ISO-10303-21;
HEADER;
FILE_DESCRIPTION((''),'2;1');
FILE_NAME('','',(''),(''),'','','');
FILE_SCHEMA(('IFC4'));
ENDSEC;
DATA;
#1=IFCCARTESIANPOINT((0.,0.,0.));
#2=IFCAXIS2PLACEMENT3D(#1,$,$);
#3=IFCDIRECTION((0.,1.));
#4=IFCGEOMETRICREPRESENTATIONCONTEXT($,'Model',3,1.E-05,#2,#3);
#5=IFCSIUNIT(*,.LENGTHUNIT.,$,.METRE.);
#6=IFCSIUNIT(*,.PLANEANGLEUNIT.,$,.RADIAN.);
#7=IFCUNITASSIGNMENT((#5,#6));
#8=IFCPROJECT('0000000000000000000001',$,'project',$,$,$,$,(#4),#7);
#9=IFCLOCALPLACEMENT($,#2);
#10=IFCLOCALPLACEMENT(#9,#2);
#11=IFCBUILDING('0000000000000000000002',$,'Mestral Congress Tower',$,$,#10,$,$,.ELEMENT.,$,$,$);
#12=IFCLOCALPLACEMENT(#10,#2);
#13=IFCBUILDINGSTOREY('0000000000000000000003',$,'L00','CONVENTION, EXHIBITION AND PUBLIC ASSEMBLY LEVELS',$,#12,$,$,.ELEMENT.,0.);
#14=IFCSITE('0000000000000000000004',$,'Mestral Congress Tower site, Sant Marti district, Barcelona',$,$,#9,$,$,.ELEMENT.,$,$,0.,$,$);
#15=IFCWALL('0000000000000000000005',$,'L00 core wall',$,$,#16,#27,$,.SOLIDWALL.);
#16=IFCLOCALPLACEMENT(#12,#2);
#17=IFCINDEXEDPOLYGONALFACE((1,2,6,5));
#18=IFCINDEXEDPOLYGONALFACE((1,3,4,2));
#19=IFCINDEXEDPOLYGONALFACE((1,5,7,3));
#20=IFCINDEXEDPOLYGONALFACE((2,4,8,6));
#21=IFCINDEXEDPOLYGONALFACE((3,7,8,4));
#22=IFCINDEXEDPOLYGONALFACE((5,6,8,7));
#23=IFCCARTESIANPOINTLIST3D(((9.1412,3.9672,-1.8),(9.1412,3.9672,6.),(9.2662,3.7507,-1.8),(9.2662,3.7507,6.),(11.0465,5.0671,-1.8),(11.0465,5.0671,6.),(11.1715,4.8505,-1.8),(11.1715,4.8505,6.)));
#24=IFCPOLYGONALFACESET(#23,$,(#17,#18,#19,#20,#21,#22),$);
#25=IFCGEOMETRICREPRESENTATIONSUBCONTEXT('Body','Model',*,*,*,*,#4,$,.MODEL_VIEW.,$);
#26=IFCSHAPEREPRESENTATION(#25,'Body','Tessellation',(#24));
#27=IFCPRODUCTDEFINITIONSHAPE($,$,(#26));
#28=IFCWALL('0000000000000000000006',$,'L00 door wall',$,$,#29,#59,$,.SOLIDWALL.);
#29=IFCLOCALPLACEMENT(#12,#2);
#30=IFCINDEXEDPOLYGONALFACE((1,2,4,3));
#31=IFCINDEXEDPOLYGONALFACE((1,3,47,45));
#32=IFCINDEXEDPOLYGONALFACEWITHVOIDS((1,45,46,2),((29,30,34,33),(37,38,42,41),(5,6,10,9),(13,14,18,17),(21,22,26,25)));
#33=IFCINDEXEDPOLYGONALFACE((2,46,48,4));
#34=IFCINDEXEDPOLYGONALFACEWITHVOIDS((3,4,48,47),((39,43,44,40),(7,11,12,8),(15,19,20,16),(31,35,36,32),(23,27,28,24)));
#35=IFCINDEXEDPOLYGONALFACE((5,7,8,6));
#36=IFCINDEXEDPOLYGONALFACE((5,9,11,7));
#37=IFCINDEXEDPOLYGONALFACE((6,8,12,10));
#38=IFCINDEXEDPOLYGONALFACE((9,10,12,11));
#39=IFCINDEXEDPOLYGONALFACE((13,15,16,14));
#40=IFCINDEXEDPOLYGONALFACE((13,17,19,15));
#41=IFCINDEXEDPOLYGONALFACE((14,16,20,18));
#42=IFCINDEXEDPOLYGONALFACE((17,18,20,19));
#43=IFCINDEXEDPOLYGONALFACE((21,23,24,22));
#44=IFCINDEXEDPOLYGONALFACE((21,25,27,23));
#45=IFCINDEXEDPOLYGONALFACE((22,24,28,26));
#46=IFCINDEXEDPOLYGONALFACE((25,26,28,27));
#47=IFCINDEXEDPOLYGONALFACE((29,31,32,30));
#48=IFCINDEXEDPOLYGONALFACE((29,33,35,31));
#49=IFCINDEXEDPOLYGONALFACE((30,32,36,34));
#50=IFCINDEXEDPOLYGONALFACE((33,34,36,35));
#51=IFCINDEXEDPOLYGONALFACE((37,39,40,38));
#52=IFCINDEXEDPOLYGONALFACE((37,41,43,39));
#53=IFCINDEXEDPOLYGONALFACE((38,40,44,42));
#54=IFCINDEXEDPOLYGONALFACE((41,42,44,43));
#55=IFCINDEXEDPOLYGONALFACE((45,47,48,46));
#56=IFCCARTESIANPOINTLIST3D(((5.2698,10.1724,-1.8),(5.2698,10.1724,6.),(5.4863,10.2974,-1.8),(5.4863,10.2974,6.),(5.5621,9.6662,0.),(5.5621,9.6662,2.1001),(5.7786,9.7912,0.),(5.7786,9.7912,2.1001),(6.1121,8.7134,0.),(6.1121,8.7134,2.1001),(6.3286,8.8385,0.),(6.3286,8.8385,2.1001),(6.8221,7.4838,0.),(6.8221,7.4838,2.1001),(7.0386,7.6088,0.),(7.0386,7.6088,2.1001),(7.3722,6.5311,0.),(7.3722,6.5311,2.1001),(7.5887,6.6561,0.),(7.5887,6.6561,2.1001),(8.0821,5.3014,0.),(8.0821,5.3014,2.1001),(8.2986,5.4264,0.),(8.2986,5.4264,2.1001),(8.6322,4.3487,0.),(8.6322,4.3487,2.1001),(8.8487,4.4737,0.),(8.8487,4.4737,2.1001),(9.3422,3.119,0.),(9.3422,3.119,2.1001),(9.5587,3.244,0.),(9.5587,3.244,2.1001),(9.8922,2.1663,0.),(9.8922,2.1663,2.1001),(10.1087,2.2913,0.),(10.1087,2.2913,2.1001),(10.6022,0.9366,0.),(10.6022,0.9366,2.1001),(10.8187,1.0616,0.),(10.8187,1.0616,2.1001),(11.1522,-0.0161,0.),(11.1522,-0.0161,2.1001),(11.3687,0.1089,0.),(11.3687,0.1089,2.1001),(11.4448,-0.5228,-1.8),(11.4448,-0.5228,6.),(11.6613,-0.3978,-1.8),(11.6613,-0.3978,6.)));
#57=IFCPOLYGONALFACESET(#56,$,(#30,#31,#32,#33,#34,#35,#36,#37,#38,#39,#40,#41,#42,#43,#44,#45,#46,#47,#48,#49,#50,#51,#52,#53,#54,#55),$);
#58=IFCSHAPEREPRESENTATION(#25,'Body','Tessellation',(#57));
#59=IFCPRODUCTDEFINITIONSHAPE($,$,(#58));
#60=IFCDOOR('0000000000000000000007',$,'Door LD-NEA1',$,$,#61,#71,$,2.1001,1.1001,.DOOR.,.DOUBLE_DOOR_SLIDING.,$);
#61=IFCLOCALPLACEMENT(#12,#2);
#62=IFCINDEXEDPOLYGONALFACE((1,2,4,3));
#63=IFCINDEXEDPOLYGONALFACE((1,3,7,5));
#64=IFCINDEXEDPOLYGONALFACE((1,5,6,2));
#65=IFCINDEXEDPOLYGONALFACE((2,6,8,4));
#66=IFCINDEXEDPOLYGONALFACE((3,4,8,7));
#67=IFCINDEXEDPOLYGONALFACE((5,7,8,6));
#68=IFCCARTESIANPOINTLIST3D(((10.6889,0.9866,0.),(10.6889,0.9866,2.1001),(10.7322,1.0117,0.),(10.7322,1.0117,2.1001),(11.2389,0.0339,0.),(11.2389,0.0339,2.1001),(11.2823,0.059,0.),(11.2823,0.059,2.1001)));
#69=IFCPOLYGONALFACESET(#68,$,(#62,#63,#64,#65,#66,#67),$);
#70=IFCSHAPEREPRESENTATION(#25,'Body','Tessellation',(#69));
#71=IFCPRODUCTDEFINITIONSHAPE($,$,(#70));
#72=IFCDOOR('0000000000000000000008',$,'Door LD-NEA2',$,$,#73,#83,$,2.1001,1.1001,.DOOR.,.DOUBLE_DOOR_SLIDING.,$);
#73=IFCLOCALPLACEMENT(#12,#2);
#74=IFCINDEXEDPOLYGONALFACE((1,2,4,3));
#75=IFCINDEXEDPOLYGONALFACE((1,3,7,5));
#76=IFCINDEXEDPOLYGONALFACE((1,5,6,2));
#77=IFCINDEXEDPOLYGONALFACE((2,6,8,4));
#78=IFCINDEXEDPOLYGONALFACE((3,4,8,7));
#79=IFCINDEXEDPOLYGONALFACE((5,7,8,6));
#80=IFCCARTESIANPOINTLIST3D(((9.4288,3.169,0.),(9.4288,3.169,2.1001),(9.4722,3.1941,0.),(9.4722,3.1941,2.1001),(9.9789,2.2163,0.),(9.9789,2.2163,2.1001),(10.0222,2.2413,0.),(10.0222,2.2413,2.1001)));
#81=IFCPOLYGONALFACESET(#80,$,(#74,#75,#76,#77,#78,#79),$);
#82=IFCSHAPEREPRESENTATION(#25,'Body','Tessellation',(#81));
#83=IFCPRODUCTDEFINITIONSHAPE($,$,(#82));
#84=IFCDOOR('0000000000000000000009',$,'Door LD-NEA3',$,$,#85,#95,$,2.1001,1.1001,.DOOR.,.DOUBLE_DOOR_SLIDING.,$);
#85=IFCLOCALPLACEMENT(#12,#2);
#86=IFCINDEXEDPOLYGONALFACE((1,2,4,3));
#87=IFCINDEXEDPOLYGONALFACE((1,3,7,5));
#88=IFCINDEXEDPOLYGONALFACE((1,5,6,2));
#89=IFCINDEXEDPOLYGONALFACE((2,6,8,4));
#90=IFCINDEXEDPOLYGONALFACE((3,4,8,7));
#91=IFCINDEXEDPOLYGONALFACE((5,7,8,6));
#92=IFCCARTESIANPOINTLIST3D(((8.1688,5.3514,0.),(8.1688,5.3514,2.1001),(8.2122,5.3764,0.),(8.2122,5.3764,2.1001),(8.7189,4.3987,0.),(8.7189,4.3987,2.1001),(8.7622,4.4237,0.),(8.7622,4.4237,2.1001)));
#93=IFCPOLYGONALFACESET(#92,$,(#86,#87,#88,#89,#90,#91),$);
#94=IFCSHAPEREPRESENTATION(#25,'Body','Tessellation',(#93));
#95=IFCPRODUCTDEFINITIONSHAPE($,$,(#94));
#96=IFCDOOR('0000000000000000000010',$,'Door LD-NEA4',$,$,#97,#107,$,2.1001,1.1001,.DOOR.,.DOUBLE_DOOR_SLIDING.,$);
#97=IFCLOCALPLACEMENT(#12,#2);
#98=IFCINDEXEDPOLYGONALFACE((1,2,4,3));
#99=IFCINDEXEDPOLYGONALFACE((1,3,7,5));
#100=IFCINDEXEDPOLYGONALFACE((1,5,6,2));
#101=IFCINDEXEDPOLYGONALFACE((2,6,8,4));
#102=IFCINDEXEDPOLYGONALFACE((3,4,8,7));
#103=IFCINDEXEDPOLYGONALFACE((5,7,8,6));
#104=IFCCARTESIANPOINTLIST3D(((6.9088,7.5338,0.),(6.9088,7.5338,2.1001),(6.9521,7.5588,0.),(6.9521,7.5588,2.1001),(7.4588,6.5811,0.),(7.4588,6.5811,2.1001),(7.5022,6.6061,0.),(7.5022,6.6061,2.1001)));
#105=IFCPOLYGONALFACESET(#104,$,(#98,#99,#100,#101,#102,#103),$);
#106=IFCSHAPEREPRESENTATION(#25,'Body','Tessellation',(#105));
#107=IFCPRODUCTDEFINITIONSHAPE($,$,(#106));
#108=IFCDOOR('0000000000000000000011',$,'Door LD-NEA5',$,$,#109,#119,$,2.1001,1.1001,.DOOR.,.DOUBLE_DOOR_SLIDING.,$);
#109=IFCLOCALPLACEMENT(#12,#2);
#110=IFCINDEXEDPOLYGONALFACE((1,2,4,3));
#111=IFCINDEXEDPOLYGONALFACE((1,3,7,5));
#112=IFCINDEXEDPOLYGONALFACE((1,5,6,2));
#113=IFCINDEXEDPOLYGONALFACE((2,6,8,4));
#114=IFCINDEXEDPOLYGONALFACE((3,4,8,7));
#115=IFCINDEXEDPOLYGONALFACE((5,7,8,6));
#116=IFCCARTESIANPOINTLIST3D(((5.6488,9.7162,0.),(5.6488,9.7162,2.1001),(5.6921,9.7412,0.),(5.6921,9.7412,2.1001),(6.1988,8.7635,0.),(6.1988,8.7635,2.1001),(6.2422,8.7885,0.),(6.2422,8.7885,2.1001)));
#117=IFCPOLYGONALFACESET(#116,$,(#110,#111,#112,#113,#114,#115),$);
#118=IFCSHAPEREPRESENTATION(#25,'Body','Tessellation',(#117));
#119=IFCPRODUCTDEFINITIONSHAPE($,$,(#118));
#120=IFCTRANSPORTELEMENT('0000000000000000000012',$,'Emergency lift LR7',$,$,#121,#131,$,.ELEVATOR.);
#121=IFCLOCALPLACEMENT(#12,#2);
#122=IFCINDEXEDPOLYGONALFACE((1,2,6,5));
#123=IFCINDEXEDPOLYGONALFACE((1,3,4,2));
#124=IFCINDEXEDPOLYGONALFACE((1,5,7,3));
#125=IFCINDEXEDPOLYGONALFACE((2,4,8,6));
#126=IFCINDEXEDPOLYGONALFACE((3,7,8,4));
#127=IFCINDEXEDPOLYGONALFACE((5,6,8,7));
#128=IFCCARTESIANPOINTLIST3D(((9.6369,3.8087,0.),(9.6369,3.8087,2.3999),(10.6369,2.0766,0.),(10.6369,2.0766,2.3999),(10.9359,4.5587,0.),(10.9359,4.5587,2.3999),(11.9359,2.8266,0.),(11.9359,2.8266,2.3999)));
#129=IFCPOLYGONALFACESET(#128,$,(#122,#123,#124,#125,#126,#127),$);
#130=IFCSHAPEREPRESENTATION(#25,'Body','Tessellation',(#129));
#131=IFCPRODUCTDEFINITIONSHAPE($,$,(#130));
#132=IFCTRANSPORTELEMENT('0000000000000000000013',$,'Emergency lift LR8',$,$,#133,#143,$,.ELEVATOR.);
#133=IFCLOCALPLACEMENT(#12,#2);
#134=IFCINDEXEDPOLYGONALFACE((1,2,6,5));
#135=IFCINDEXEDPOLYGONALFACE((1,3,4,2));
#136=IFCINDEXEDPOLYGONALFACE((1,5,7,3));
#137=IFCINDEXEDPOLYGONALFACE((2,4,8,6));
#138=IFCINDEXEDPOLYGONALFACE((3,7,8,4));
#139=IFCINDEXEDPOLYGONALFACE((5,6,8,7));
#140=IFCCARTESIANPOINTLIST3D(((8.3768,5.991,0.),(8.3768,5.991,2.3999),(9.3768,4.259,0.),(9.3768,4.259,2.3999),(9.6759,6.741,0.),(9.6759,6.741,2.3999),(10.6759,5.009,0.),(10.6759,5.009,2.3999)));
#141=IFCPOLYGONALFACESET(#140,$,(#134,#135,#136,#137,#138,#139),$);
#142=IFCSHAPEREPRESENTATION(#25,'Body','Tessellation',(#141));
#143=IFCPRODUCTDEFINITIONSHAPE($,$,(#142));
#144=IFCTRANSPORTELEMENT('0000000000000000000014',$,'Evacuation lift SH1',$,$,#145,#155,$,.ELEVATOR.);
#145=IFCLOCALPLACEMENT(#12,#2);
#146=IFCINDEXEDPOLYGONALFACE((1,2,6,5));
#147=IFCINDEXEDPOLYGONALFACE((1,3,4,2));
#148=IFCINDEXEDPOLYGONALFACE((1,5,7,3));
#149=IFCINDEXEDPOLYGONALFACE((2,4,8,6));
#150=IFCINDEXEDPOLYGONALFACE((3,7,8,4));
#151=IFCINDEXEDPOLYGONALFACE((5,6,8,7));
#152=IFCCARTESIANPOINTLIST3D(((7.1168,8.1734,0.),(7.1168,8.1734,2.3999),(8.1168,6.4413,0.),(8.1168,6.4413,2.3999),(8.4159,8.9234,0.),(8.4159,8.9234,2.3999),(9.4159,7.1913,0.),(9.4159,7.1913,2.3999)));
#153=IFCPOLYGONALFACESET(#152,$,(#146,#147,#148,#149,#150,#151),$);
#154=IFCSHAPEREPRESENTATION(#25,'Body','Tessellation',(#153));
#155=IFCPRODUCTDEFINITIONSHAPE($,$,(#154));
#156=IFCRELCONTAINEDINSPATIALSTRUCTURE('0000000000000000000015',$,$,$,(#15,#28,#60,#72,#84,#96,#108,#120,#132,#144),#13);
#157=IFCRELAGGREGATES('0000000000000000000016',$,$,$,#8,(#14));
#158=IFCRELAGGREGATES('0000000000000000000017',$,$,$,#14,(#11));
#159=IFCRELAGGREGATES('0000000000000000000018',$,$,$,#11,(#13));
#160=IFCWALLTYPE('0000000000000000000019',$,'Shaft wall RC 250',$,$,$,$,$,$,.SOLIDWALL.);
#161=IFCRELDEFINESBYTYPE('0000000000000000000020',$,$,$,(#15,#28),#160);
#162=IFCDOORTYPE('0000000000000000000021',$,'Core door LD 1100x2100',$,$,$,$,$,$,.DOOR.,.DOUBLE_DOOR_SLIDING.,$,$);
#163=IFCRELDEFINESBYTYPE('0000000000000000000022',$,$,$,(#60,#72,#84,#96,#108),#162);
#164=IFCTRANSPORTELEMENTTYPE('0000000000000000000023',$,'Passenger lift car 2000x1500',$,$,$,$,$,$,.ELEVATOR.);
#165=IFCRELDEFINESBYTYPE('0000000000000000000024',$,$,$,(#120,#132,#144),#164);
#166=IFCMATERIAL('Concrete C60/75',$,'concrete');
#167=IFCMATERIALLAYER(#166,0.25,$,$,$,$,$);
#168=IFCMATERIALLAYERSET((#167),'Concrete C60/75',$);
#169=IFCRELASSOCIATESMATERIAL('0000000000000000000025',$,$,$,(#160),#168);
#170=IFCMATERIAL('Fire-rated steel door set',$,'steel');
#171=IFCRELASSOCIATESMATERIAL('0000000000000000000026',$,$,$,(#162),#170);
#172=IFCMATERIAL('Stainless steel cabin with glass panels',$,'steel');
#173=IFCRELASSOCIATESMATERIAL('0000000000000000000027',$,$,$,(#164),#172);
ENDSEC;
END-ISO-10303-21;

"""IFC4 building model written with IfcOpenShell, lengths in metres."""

from ifc_helpers import new_model, si_unit, direction, frame, frame_2d, origin, origin_2d, place, context, subcontext, project, spatial, rectangle, extrude, material, layer, layer_set, type_object, element, fill, save


model = new_model("IFC4")

# Units and contexts
model_context = context("Model", 3, precision=1e-05, world=origin(), true_north=direction((0.0, 1.0)))
body_context = subcontext(model_context, "Body", "Model", "MODEL_VIEW")
ifc_project = project(units=[si_unit("LENGTHUNIT", "METRE"), si_unit("PLANEANGLEUNIT", "RADIAN")], contexts=[model_context])

# Site, building, storey
site_placement = place(None, origin())
site = spatial("IfcSite", under=ifc_project, at=site_placement, Name="Mestral Congress Tower site, Sant Marti district, Barcelona", CompositionType="ELEMENT", RefElevation=0.0)
building_placement = place(site_placement, origin())
building = spatial("IfcBuilding", under=site, at=building_placement, Name="Mestral Congress Tower", CompositionType="ELEMENT")
storey_placement = place(building_placement, origin())
storey = spatial("IfcBuildingStorey", under=building, at=storey_placement, Name="L00", Description="CONVENTION, EXHIBITION AND PUBLIC ASSEMBLY LEVELS", CompositionType="ELEMENT", Elevation=0.0)

# Wall
ifc_material_1 = material(Name="Concrete C60/75", Category="concrete")
ifc_layer_1 = layer(ifc_material_1, 0.25)
ifc_layer_set_1 = layer_set([ifc_layer_1], Name="Concrete C60/75")
wall_type_1 = type_object("IfcWallType", Name="Shaft wall RC 250", PredefinedType="SOLIDWALL", material=ifc_layer_set_1)
for number, where, z_axis, x_axis, name in (
    (1, (9.2036, 3.8589, -1.8), (0.0, 0.0, 1.0), (0.866056, 0.499947, 0.0), "L00 core wall"),
):
    element("IfcWall", number, at=place(storey_placement, frame(where, z_axis=z_axis, x_axis=x_axis)), inside=storey, type_object=wall_type_1, Name=name, PredefinedType="SOLIDWALL", context=body_context, shape_type="SweptSolid", body=[
        extrude(rectangle(XDim=2.2, YDim=0.25, at=frame_2d((1.1001, 0.0))), origin(), (0.0, 0.0, 1.0), 7.8),
    ])

# Wall, openings, doors
wall_1_placement = place(storey_placement, frame((11.553, -0.4602, -1.8), z_axis=(0.0, 0.0, 1.0), x_axis=(-0.500007, 0.866022, 0.0)))
wall_1 = element("IfcWall", 2, at=wall_1_placement, inside=storey, type_object=wall_type_1, Name="L00 door wall", PredefinedType="SOLIDWALL", context=body_context, shape_type="SweptSolid", body=[
    extrude(rectangle(XDim=12.3499, YDim=0.25, at=frame_2d((6.1748, 0.0))), origin(), (0.0, 0.0, 1.0), 7.8),
])
opening_1_placement = place(wall_1_placement, frame((0.585, 0.0, 1.8)))
opening_1 = element("IfcOpeningElement", 3, at=opening_1_placement, cuts=wall_1, PredefinedType="OPENING", context=body_context, shape_type="SweptSolid", body=[
    extrude(rectangle(XDim=1.1001, YDim=2.1001, at=frame_2d((0.55, 1.05))), frame((0.0, 0.135, 0.0), z_axis=(0.0, -1.0, 0.0), x_axis=(1.0, 0.0, 0.0)), (0.0, 0.0, 1.0), 0.27),
])
opening_2_placement = place(wall_1_placement, frame((3.105, 0.0, 1.8)))
opening_2 = element("IfcOpeningElement", 4, at=opening_2_placement, cuts=wall_1, PredefinedType="OPENING", context=body_context, shape_type="SweptSolid", body=[
    extrude(rectangle(XDim=1.1001, YDim=2.1001, at=frame_2d((0.55, 1.05))), frame((0.0, 0.135, 0.0), z_axis=(0.0, -1.0, 0.0), x_axis=(1.0, 0.0, 0.0)), (0.0, 0.0, 1.0), 0.27),
])
opening_3_placement = place(wall_1_placement, frame((5.625, 0.0, 1.8)))
opening_3 = element("IfcOpeningElement", 5, at=opening_3_placement, cuts=wall_1, PredefinedType="OPENING", context=body_context, shape_type="SweptSolid", body=[
    extrude(rectangle(XDim=1.1001, YDim=2.1001, at=frame_2d((0.55, 1.05))), frame((0.0, 0.135, 0.0), z_axis=(0.0, -1.0, 0.0), x_axis=(1.0, 0.0, 0.0)), (0.0, 0.0, 1.0), 0.27),
])
opening_4_placement = place(wall_1_placement, frame((8.145, 0.0, 1.8)))
opening_4 = element("IfcOpeningElement", 6, at=opening_4_placement, cuts=wall_1, PredefinedType="OPENING", context=body_context, shape_type="SweptSolid", body=[
    extrude(rectangle(XDim=1.1001, YDim=2.1001, at=frame_2d((0.55, 1.05))), frame((0.0, 0.135, 0.0), z_axis=(0.0, -1.0, 0.0), x_axis=(1.0, 0.0, 0.0)), (0.0, 0.0, 1.0), 0.27),
])
opening_5_placement = place(wall_1_placement, frame((10.665, 0.0, 1.8)))
opening_5 = element("IfcOpeningElement", 7, at=opening_5_placement, cuts=wall_1, PredefinedType="OPENING", context=body_context, shape_type="SweptSolid", body=[
    extrude(rectangle(XDim=1.1001, YDim=2.1001, at=frame_2d((0.55, 1.05))), frame((0.0, 0.135, 0.0), z_axis=(0.0, -1.0, 0.0), x_axis=(1.0, 0.0, 0.0)), (0.0, 0.0, 1.0), 0.27),
])
ifc_material_2 = material(Name="Fire-rated steel door set", Category="steel")
door_type = type_object("IfcDoorType", Name="Core door LD 1100x2100", OperationType="DOUBLE_DOOR_SLIDING", PredefinedType="DOOR", material=ifc_material_2)
door_1_placement = place(opening_1_placement, origin())
door_1 = element("IfcDoor", 8, at=door_1_placement, inside=storey, type_object=door_type, Name="Door LD-NEA1", OperationType="DOUBLE_DOOR_SLIDING", OverallHeight=2.1001, OverallWidth=1.1001, PredefinedType="DOOR", context=body_context, shape_type="SweptSolid", body=[
    extrude(rectangle(XDim=1.1001, YDim=2.1001, at=frame_2d((0.55, 1.05))), frame((0.0, 0.0249, 0.0), z_axis=(0.0, -1.0, 0.0), x_axis=(1.0, 0.0, 0.0)), (0.0, 0.0, 1.0), 0.05),
])
fill(opening_1, door_1)
door_2_placement = place(opening_2_placement, origin())
door_2 = element("IfcDoor", 9, at=door_2_placement, inside=storey, type_object=door_type, Name="Door LD-NEA2", OperationType="DOUBLE_DOOR_SLIDING", OverallHeight=2.1001, OverallWidth=1.1001, PredefinedType="DOOR", context=body_context, shape_type="SweptSolid", body=[
    extrude(rectangle(XDim=1.1001, YDim=2.1001, at=frame_2d((0.55, 1.05))), frame((0.0, 0.0249, 0.0), z_axis=(0.0, -1.0, 0.0), x_axis=(1.0, 0.0, 0.0)), (0.0, 0.0, 1.0), 0.05),
])
fill(opening_2, door_2)
door_3_placement = place(opening_3_placement, origin())
door_3 = element("IfcDoor", 10, at=door_3_placement, inside=storey, type_object=door_type, Name="Door LD-NEA3", OperationType="DOUBLE_DOOR_SLIDING", OverallHeight=2.1001, OverallWidth=1.1001, PredefinedType="DOOR", context=body_context, shape_type="SweptSolid", body=[
    extrude(rectangle(XDim=1.1001, YDim=2.1001, at=frame_2d((0.55, 1.05))), frame((0.0, 0.0249, 0.0), z_axis=(0.0, -1.0, 0.0), x_axis=(1.0, 0.0, 0.0)), (0.0, 0.0, 1.0), 0.05),
])
fill(opening_3, door_3)
door_4_placement = place(opening_4_placement, origin())
door_4 = element("IfcDoor", 11, at=door_4_placement, inside=storey, type_object=door_type, Name="Door LD-NEA4", OperationType="DOUBLE_DOOR_SLIDING", OverallHeight=2.1001, OverallWidth=1.1001, PredefinedType="DOOR", context=body_context, shape_type="SweptSolid", body=[
    extrude(rectangle(XDim=1.1001, YDim=2.1001, at=frame_2d((0.55, 1.05))), frame((0.0, 0.0249, 0.0), z_axis=(0.0, -1.0, 0.0), x_axis=(1.0, 0.0, 0.0)), (0.0, 0.0, 1.0), 0.05),
])
fill(opening_4, door_4)
door_5_placement = place(opening_5_placement, origin())
door_5 = element("IfcDoor", 12, at=door_5_placement, inside=storey, type_object=door_type, Name="Door LD-NEA5", OperationType="DOUBLE_DOOR_SLIDING", OverallHeight=2.1001, OverallWidth=1.1001, PredefinedType="DOOR", context=body_context, shape_type="SweptSolid", body=[
    extrude(rectangle(XDim=1.1001, YDim=2.1001, at=frame_2d((0.55, 1.05))), frame((0.0, 0.0249, 0.0), z_axis=(0.0, -1.0, 0.0), x_axis=(1.0, 0.0, 0.0)), (0.0, 0.0, 1.0), 0.05),
])
fill(opening_5, door_5)

# Transport elements
ifc_material_3 = material(Name="Stainless steel cabin with glass panels", Category="steel")
transport_element_type = type_object("IfcTransportElementType", Name="Passenger lift car 2000x1500", PredefinedType="ELEVATOR", material=ifc_material_3)
for number, where, z_axis, x_axis, name in (
    (13, (10.7864, 3.3176, 0.0), (0.0, 0.0, 1.0), (0.866025, 0.5, 0.0), "Emergency lift LR7"),
    (14, (9.5264, 5.5, 0.0), (0.0, 0.0, 1.0), (0.866025, 0.5, 0.0), "Emergency lift LR8"),
    (15, (8.2664, 7.6824, 0.0), (0.0, 0.0, 1.0), (0.866025, 0.5, 0.0), "Evacuation lift SH1"),
):
    element("IfcTransportElement", number, at=place(storey_placement, frame(where, z_axis=z_axis, x_axis=x_axis)), inside=storey, type_object=transport_element_type, Name=name, PredefinedType="ELEVATOR", context=body_context, shape_type="SweptSolid", body=[
        extrude(rectangle(XDim=1.5, YDim=2.0, at=origin_2d()), origin(), (0.0, 0.0, 1.0), 2.3999),
    ])

save(model, "model.ifc")
